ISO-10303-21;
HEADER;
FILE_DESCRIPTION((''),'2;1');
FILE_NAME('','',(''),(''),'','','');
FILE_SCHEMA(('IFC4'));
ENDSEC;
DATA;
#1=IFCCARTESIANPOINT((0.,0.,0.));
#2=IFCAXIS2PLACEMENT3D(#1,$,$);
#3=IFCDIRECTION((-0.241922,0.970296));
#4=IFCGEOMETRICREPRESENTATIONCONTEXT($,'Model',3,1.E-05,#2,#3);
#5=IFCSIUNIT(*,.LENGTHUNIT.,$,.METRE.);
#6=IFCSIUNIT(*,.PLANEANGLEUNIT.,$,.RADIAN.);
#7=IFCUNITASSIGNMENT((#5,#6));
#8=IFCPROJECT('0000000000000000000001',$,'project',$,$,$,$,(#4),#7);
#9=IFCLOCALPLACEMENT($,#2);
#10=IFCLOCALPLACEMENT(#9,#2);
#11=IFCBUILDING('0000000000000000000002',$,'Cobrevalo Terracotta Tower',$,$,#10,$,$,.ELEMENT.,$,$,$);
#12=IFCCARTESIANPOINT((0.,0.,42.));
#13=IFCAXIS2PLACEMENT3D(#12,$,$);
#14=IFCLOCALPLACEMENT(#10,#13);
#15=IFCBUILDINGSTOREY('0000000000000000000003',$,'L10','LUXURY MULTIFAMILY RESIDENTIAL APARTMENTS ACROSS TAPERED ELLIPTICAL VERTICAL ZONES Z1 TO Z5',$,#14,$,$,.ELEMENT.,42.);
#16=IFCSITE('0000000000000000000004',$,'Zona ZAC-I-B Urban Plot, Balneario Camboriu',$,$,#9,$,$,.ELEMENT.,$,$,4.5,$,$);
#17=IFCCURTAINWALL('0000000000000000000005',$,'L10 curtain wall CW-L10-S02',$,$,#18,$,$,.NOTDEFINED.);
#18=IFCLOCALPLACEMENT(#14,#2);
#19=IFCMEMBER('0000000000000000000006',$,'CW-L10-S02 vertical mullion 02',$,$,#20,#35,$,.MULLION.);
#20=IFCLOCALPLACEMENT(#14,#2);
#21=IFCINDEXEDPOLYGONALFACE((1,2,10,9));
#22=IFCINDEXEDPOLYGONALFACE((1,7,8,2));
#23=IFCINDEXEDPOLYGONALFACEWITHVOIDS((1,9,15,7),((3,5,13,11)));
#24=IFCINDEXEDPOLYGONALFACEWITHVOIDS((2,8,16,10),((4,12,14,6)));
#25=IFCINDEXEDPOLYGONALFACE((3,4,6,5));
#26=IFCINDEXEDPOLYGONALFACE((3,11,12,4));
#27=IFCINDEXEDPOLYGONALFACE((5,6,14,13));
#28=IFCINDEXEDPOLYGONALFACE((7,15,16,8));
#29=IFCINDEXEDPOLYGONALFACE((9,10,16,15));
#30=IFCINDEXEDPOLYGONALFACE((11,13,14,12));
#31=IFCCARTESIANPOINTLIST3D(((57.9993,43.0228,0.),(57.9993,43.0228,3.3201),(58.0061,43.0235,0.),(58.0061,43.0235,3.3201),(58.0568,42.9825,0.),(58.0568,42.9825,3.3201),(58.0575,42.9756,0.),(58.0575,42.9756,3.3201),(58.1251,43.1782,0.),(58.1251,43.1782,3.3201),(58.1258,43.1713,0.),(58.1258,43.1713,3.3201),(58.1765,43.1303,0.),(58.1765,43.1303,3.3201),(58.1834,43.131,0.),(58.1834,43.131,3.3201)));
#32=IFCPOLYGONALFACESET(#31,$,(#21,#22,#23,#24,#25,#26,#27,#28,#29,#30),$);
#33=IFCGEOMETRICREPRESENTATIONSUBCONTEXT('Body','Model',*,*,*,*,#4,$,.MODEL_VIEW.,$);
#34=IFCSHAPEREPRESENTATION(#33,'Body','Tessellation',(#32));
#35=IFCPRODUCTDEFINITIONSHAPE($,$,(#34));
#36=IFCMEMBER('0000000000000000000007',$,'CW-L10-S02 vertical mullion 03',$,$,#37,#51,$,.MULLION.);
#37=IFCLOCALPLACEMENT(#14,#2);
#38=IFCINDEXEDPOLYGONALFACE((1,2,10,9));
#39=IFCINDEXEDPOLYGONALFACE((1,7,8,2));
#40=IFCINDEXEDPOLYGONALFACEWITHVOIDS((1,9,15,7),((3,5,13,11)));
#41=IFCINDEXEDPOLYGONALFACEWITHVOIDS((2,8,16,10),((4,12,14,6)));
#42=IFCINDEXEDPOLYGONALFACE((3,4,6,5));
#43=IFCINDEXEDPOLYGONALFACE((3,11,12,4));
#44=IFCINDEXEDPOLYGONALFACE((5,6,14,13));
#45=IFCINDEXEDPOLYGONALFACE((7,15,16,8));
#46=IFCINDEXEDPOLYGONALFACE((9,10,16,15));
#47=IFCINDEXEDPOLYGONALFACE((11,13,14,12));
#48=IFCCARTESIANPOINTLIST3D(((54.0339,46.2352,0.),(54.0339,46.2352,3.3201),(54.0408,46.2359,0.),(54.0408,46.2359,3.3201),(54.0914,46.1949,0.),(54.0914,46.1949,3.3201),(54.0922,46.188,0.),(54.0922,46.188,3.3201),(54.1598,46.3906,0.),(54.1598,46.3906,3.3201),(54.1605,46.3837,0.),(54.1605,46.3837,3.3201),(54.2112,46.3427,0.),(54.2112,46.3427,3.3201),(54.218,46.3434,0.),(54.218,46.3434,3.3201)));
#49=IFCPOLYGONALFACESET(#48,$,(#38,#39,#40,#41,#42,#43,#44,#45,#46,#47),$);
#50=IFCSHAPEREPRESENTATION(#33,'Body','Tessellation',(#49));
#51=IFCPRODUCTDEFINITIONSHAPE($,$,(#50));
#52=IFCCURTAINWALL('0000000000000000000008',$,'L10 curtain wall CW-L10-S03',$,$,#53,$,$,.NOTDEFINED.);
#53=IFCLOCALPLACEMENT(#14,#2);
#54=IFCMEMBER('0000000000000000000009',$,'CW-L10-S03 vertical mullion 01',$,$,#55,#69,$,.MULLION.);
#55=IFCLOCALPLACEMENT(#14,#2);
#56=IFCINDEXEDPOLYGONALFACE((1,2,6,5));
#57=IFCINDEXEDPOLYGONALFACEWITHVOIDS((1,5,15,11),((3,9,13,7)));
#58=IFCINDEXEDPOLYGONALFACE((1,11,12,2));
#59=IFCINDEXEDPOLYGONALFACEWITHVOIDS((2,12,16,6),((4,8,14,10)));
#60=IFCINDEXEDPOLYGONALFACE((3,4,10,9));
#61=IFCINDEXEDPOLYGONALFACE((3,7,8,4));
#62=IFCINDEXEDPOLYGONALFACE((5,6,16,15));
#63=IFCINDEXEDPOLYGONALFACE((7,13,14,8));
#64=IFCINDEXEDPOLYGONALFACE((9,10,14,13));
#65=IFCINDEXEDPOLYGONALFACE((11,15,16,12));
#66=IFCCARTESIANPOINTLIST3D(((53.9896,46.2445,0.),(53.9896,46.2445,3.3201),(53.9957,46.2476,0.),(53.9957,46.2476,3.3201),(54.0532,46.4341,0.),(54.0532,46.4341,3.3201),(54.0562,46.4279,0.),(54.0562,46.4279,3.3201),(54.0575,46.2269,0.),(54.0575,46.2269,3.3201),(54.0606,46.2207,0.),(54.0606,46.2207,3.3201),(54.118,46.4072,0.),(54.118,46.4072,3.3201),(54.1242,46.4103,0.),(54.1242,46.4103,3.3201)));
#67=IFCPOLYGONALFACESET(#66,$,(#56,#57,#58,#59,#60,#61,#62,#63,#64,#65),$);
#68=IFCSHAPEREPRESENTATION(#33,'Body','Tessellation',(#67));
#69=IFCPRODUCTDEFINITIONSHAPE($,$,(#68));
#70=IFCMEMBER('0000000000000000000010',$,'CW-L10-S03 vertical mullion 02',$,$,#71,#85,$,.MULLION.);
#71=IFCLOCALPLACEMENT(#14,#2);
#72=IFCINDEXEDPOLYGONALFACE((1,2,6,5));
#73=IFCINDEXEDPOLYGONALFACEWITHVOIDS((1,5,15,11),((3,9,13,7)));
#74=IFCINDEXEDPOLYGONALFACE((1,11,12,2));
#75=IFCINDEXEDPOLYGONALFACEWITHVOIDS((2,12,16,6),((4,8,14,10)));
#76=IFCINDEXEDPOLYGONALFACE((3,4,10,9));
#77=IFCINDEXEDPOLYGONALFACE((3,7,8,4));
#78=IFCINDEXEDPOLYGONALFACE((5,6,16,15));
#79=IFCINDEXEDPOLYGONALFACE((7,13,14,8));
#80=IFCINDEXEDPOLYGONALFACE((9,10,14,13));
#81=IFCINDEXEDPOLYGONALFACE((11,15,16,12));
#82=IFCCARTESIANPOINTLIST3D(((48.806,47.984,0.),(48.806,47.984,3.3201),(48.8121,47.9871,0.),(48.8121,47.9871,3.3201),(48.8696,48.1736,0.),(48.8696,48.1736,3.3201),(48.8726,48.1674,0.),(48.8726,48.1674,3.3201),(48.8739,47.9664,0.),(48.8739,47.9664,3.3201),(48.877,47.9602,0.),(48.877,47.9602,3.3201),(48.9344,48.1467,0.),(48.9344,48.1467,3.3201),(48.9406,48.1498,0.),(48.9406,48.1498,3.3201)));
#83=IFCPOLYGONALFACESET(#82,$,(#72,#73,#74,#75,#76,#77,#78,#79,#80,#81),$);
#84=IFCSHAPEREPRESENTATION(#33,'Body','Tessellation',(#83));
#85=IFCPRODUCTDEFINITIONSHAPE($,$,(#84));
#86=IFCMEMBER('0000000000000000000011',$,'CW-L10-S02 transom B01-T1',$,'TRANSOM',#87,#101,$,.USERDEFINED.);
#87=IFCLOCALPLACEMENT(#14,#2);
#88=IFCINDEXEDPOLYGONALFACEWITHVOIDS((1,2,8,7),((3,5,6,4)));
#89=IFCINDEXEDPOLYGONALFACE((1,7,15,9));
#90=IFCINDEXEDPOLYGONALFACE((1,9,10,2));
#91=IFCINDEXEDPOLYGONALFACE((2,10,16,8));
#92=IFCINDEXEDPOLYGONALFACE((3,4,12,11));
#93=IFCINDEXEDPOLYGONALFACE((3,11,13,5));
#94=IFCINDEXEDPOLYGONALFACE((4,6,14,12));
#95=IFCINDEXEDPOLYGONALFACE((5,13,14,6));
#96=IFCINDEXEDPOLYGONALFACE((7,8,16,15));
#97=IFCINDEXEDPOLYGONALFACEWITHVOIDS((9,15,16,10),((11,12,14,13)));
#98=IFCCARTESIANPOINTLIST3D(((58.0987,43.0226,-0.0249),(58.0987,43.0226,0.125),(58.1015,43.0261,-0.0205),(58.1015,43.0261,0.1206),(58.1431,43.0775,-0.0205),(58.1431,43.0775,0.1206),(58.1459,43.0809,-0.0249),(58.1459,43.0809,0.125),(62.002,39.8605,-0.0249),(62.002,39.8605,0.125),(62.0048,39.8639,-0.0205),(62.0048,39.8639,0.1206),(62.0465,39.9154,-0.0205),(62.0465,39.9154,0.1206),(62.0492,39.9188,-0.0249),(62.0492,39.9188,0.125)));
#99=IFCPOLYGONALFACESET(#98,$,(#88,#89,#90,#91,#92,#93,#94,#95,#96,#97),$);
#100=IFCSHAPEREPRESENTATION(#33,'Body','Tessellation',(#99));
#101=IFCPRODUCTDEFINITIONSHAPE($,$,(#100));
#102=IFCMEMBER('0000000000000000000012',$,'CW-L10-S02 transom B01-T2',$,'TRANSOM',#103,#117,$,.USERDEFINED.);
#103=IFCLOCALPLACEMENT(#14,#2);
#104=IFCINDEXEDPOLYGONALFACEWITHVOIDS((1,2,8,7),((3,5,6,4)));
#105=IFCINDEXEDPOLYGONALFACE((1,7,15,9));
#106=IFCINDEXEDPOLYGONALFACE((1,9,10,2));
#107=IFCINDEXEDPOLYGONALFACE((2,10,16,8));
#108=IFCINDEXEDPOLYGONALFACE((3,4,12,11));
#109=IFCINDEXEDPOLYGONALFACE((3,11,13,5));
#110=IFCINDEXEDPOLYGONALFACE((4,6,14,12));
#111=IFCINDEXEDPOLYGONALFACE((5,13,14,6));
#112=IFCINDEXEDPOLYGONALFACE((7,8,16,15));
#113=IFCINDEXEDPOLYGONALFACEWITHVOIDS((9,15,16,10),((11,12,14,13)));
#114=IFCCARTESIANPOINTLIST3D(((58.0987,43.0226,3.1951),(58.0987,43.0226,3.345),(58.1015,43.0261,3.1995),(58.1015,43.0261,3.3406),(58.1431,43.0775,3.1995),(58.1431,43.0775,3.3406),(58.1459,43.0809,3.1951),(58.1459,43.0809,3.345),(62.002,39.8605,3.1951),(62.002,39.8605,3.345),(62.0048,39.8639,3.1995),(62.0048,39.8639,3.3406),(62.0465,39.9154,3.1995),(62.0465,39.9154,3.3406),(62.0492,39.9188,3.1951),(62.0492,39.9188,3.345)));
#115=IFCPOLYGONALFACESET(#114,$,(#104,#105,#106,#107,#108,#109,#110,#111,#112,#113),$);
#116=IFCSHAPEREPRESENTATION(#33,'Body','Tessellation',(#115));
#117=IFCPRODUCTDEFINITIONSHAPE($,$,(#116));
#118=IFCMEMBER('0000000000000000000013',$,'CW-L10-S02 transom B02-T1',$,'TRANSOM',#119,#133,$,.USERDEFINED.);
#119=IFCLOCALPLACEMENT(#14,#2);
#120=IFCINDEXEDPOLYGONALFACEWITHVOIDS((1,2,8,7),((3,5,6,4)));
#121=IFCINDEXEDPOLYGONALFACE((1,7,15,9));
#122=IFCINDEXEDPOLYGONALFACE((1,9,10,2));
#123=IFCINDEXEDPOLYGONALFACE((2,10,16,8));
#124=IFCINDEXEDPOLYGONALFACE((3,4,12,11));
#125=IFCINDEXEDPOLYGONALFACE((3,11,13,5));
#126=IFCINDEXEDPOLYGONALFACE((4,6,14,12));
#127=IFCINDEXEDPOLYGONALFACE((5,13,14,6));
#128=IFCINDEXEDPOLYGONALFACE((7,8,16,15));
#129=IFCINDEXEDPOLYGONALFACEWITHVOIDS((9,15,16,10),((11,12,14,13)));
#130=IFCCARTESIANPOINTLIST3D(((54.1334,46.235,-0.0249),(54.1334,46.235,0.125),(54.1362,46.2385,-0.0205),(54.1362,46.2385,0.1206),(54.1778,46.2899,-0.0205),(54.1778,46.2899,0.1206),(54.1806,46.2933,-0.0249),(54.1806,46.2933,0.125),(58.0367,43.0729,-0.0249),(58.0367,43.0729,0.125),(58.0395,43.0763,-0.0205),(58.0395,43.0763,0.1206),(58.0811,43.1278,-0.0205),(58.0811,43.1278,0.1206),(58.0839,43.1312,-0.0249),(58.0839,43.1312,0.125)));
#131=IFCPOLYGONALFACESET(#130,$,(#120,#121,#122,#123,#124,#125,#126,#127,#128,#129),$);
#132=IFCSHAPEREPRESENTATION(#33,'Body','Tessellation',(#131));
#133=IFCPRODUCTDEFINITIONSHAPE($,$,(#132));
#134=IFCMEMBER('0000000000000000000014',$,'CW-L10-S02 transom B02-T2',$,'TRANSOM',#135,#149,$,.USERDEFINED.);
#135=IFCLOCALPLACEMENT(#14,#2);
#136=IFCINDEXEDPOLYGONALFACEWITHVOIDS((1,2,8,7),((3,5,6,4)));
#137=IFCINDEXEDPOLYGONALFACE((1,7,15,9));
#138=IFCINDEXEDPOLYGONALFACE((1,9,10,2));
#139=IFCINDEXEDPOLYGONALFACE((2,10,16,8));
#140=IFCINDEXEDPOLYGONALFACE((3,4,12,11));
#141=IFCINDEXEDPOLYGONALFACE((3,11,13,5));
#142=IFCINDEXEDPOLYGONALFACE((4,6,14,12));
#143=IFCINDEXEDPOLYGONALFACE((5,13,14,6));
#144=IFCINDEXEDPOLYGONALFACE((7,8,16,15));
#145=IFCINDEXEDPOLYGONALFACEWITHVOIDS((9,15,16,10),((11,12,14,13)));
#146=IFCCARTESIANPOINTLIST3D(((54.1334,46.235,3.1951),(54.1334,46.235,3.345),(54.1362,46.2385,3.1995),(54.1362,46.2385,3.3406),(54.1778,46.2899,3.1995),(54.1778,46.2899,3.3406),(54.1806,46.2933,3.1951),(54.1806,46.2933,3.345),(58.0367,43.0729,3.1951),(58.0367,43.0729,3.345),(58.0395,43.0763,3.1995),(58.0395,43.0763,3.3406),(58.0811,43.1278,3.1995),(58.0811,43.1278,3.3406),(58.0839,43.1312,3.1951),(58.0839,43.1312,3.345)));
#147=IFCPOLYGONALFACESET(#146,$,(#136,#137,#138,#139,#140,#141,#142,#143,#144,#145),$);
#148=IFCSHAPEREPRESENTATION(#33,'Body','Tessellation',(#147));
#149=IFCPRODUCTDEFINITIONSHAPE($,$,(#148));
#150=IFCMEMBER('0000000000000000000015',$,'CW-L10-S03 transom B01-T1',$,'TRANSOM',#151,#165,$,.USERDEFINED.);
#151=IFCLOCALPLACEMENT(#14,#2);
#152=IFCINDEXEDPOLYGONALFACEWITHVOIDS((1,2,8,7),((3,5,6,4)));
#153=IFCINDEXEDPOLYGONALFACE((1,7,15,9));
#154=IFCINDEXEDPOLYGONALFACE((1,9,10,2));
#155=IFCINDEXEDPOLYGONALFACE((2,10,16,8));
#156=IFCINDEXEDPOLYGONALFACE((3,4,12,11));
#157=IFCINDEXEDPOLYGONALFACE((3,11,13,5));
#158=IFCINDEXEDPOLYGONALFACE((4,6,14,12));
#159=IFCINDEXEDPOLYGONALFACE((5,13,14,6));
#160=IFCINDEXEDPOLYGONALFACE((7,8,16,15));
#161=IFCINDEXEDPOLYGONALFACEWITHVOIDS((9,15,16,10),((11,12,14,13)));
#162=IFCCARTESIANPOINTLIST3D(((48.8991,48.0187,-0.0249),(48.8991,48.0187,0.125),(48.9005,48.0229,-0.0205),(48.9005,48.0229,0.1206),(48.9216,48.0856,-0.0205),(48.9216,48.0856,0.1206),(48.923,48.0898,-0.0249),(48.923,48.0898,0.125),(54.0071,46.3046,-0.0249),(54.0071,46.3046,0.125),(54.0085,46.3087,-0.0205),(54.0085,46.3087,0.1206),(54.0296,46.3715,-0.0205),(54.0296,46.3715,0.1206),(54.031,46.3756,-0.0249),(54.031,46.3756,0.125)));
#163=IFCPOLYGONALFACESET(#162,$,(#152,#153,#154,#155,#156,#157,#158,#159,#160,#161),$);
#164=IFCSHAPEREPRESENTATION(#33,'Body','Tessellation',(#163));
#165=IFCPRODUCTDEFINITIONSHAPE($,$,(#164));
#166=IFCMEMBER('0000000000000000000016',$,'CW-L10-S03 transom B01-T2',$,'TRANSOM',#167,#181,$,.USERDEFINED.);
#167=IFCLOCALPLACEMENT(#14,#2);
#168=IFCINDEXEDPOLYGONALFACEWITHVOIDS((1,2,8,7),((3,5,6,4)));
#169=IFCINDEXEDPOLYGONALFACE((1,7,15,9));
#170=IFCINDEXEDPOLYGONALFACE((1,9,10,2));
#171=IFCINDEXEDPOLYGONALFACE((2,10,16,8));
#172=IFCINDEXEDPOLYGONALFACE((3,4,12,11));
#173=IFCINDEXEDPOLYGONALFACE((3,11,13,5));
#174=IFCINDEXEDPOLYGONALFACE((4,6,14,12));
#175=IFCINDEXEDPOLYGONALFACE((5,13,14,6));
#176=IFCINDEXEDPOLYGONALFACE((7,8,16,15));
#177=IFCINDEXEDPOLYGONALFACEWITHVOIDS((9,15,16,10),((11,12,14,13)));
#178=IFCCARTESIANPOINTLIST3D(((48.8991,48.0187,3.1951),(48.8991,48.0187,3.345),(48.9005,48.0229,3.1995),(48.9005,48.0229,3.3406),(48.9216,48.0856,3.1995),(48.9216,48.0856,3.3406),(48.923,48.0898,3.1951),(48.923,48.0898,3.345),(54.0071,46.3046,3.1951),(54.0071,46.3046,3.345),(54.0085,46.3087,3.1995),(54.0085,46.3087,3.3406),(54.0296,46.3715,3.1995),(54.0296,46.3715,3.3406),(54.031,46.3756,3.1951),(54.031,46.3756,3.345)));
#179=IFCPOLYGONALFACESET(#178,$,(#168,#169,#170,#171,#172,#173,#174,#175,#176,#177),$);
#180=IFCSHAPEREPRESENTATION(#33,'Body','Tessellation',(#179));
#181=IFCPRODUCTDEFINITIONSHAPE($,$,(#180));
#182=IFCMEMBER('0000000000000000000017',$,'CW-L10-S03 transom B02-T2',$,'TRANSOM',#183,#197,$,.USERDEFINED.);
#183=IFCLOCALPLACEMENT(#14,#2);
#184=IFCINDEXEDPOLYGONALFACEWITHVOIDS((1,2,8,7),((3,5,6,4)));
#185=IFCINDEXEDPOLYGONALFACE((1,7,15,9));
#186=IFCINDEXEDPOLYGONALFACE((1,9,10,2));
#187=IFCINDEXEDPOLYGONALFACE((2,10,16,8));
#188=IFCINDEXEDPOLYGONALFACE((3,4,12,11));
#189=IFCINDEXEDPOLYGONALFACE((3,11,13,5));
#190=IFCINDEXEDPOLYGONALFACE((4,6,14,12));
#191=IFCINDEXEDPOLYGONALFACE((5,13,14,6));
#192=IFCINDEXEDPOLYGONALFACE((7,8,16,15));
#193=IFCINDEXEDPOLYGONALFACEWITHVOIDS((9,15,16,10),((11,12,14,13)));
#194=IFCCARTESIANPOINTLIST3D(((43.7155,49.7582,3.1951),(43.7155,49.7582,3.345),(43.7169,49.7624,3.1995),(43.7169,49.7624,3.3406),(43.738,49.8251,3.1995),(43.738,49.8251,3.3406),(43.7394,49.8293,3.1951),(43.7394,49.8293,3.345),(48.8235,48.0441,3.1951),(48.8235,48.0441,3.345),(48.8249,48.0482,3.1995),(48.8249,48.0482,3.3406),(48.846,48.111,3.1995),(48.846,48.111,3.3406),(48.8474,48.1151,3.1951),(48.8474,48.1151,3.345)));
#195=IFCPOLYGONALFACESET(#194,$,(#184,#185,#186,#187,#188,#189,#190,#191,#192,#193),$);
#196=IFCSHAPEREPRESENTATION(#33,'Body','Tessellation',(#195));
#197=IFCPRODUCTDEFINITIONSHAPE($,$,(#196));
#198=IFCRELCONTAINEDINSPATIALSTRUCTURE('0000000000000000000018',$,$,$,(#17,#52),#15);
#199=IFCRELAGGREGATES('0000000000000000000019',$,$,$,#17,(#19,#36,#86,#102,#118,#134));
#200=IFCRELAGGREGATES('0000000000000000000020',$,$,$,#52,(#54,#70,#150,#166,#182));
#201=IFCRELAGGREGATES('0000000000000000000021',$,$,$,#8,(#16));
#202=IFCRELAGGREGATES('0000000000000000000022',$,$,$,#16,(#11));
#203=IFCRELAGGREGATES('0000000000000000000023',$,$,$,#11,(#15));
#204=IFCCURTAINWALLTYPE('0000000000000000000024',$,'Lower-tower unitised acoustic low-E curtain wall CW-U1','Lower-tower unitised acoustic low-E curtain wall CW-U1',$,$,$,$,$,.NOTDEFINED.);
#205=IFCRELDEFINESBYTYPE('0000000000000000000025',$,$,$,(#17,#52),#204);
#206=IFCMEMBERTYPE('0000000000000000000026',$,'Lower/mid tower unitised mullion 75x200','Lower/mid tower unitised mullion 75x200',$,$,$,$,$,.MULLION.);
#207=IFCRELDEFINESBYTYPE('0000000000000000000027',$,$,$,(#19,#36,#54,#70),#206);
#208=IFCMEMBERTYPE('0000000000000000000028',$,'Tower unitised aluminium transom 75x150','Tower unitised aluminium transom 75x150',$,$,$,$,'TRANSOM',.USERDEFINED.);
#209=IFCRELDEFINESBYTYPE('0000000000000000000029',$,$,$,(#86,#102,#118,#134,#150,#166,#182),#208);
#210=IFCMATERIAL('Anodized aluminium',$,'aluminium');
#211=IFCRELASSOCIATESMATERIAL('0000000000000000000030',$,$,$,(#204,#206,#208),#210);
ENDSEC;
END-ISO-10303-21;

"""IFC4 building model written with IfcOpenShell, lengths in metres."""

from ifc_helpers import new_model, si_unit, direction, frame, origin, origin_2d, place, context, subcontext, project, spatial, hollow_rectangle, extrude, source, transform, mapped, material, material_profile, profile_set, type_object, element, aggregate, save


model = new_model("IFC4")

# Units and contexts
model_context = context("Model", 3, precision=1e-05, world=origin(), true_north=direction((-0.241922, 0.970296)))
body_context = subcontext(model_context, "Body", "Model", "MODEL_VIEW")
ifc_project = project(units=[si_unit("LENGTHUNIT", "METRE"), si_unit("PLANEANGLEUNIT", "RADIAN")], contexts=[model_context])

# Site, building, storey
site_placement = place(None, origin())
site = spatial("IfcSite", under=ifc_project, at=site_placement, Name="Zona ZAC-I-B Urban Plot, Balneario Camboriu", CompositionType="ELEMENT", RefElevation=4.5)
building_placement = place(site_placement, origin())
building = spatial("IfcBuilding", under=site, at=building_placement, Name="Cobrevalo Terracotta Tower", CompositionType="ELEMENT")
storey_placement = place(building_placement, frame((0.0, 0.0, 42.0)))
storey = spatial("IfcBuildingStorey", under=building, at=storey_placement, Name="L10", Description="LUXURY MULTIFAMILY RESIDENTIAL APARTMENTS ACROSS TAPERED ELLIPTICAL VERTICAL ZONES Z1 TO Z5", CompositionType="ELEMENT", Elevation=42.0)

# Curtain walls, members
ifc_material_1 = material(Name="Anodized aluminium", Category="aluminium")
curtain_wall_type = type_object("IfcCurtainWallType", Name="Lower-tower unitised acoustic low-E curtain wall CW-U1", Description="Lower-tower unitised acoustic low-E curtain wall CW-U1", PredefinedType="NOTDEFINED", material=ifc_material_1)
curtain_wall_1_placement = place(storey_placement, origin())
curtain_wall_1 = element("IfcCurtainWall", 1, at=curtain_wall_1_placement, inside=storey, type_object=curtain_wall_type, Name="L10 curtain wall CW-L10-S02", PredefinedType="NOTDEFINED")
ifc_material_profile_1 = material_profile(ifc_material_1, hollow_rectangle(XDim=0.075, YDim=0.2, WallThickness=0.0049, at=origin_2d()), Name="CWM 75x200")
ifc_profile_set_1 = profile_set([ifc_material_profile_1], Name="Anodized aluminium")
member_type_1 = type_object("IfcMemberType", Name="Lower/mid tower unitised mullion 75x200", Description="Lower/mid tower unitised mullion 75x200", PredefinedType="MULLION", material=ifc_profile_set_1)
shared_shape_1 = source(origin(), body_context, "Body", "SweptSolid", [
    extrude(hollow_rectangle(XDim=0.075, YDim=0.2, WallThickness=0.0049, at=origin_2d()), origin(), (0.0, 0.0, 1.0), 3.3201),
])
member_1_placement = place(storey_placement, frame((58.0913, 43.0769, 0.0), z_axis=(0.0, 0.0, 1.0), x_axis=(-0.777003, 0.629497, 0.0)))
member_1 = element("IfcMember", 2, at=member_1_placement, type_object=member_type_1, Name="CW-L10-S02 vertical mullion 02", PredefinedType="MULLION", context=body_context, shape_type="MappedRepresentation", body=[
    mapped(shared_shape_1, transform((0.0, 0.0, 0.0), scale=1.0)),
])
member_2_placement = place(storey_placement, frame((54.126, 46.2893, 0.0), z_axis=(0.0, 0.0, 1.0), x_axis=(-0.777003, 0.629497, 0.0)))
member_2 = element("IfcMember", 3, at=member_2_placement, type_object=member_type_1, Name="CW-L10-S02 vertical mullion 03", PredefinedType="MULLION", context=body_context, shape_type="MappedRepresentation", body=[
    mapped(shared_shape_1, transform((0.0, 0.0, 0.0), scale=1.0)),
])
curtain_wall_2_placement = place(storey_placement, origin())
curtain_wall_2 = element("IfcCurtainWall", 4, at=curtain_wall_2_placement, inside=storey, type_object=curtain_wall_type, Name="L10 curtain wall CW-L10-S03", PredefinedType="NOTDEFINED")
member_3_placement = place(storey_placement, frame((54.0569, 46.3274, 0.0), z_axis=(0.0, 0.0, 1.0), x_axis=(-0.948046, 0.318132, 0.0)))
member_3 = element("IfcMember", 5, at=member_3_placement, type_object=member_type_1, Name="CW-L10-S03 vertical mullion 01", PredefinedType="MULLION", context=body_context, shape_type="MappedRepresentation", body=[
    mapped(shared_shape_1, transform((0.0, 0.0, 0.0), scale=1.0)),
])
member_4_placement = place(storey_placement, frame((48.8733, 48.0669, 0.0), z_axis=(0.0, 0.0, 1.0), x_axis=(-0.948046, 0.318132, 0.0)))
member_4 = element("IfcMember", 6, at=member_4_placement, type_object=member_type_1, Name="CW-L10-S03 vertical mullion 02", PredefinedType="MULLION", context=body_context, shape_type="MappedRepresentation", body=[
    mapped(shared_shape_1, transform((0.0, 0.0, 0.0), scale=1.0)),
])

# Members
ifc_material_profile_2 = material_profile(ifc_material_1, hollow_rectangle(XDim=0.075, YDim=0.1499, WallThickness=0.0044, at=origin_2d()), Name="CWT 75x150")
ifc_profile_set_2 = profile_set([ifc_material_profile_2], Name="Anodized aluminium")
member_type_2 = type_object("IfcMemberType", Name="Tower unitised aluminium transom 75x150", Description="Tower unitised aluminium transom 75x150", ElementType="TRANSOM", PredefinedType="USERDEFINED", material=ifc_profile_set_2)
shared_shape_2 = source(origin(), body_context, "Body", "SweptSolid", [
    extrude(hollow_rectangle(XDim=0.075, YDim=0.1499, WallThickness=0.0044, at=origin_2d()), origin(), (0.0, 0.0, 1.0), 5.0234),
])
member_5_placement = place(storey_placement, frame((62.0256, 39.8896, 0.05), z_axis=(-0.777023, 0.629472, 0.0), x_axis=(-0.629472, -0.777023, 0.0)))
member_5 = element("IfcMember", 7, at=member_5_placement, type_object=member_type_2, Name="CW-L10-S02 transom B01-T1", ObjectType="TRANSOM", PredefinedType="USERDEFINED", context=body_context, shape_type="MappedRepresentation", body=[
    mapped(shared_shape_2, transform((0.0, 0.0, 0.0), scale=1.0)),
])
member_6_placement = place(storey_placement, frame((62.0256, 39.8896, 3.27), z_axis=(-0.777023, 0.629472, 0.0), x_axis=(-0.629472, -0.777023, 0.0)))
member_6 = element("IfcMember", 8, at=member_6_placement, type_object=member_type_2, Name="CW-L10-S02 transom B01-T2", ObjectType="TRANSOM", PredefinedType="USERDEFINED", context=body_context, shape_type="MappedRepresentation", body=[
    mapped(shared_shape_2, transform((0.0, 0.0, 0.0), scale=1.0)),
])
member_7_placement = place(storey_placement, frame((58.0603, 43.1021, 0.05), z_axis=(-0.777023, 0.629472, 0.0), x_axis=(-0.629472, -0.777023, 0.0)))
member_7 = element("IfcMember", 9, at=member_7_placement, type_object=member_type_2, Name="CW-L10-S02 transom B02-T1", ObjectType="TRANSOM", PredefinedType="USERDEFINED", context=body_context, shape_type="MappedRepresentation", body=[
    mapped(shared_shape_2, transform((0.0, 0.0, 0.0), scale=1.0)),
])
member_8_placement = place(storey_placement, frame((58.0603, 43.1021, 3.27), z_axis=(-0.777023, 0.629472, 0.0), x_axis=(-0.629472, -0.777023, 0.0)))
member_8 = element("IfcMember", 10, at=member_8_placement, type_object=member_type_2, Name="CW-L10-S02 transom B02-T2", ObjectType="TRANSOM", PredefinedType="USERDEFINED", context=body_context, shape_type="MappedRepresentation", body=[
    mapped(shared_shape_2, transform((0.0, 0.0, 0.0), scale=1.0)),
])
shared_shape_3 = source(origin(), body_context, "Body", "SweptSolid", [
    extrude(hollow_rectangle(XDim=0.075, YDim=0.1499, WallThickness=0.0044, at=origin_2d()), origin(), (0.0, 0.0, 1.0), 5.3879),
])
member_9_placement = place(storey_placement, frame((54.019, 46.3401, 0.05), z_axis=(-0.948042, 0.318144, 0.0), x_axis=(-0.318144, -0.948042, 0.0)))
member_9 = element("IfcMember", 11, at=member_9_placement, type_object=member_type_2, Name="CW-L10-S03 transom B01-T1", ObjectType="TRANSOM", PredefinedType="USERDEFINED", context=body_context, shape_type="MappedRepresentation", body=[
    mapped(shared_shape_3, transform((0.0, 0.0, 0.0), scale=1.0)),
])
member_10_placement = place(storey_placement, frame((54.019, 46.3401, 3.27), z_axis=(-0.948042, 0.318144, 0.0), x_axis=(-0.318144, -0.948042, 0.0)))
member_10 = element("IfcMember", 12, at=member_10_placement, type_object=member_type_2, Name="CW-L10-S03 transom B01-T2", ObjectType="TRANSOM", PredefinedType="USERDEFINED", context=body_context, shape_type="MappedRepresentation", body=[
    mapped(shared_shape_3, transform((0.0, 0.0, 0.0), scale=1.0)),
])
member_11_placement = place(storey_placement, frame((48.8354, 48.0796, 3.27), z_axis=(-0.948042, 0.318144, 0.0), x_axis=(-0.318144, -0.948042, 0.0)))
member_11 = element("IfcMember", 13, at=member_11_placement, type_object=member_type_2, Name="CW-L10-S03 transom B02-T2", ObjectType="TRANSOM", PredefinedType="USERDEFINED", context=body_context, shape_type="MappedRepresentation", body=[
    mapped(shared_shape_3, transform((0.0, 0.0, 0.0), scale=1.0)),
])

aggregate(curtain_wall_1, [member_1, member_2, member_5, member_6, member_7, member_8])
aggregate(curtain_wall_2, [member_3, member_4, member_9, member_10, member_11])

save(model, "model.ifc")
